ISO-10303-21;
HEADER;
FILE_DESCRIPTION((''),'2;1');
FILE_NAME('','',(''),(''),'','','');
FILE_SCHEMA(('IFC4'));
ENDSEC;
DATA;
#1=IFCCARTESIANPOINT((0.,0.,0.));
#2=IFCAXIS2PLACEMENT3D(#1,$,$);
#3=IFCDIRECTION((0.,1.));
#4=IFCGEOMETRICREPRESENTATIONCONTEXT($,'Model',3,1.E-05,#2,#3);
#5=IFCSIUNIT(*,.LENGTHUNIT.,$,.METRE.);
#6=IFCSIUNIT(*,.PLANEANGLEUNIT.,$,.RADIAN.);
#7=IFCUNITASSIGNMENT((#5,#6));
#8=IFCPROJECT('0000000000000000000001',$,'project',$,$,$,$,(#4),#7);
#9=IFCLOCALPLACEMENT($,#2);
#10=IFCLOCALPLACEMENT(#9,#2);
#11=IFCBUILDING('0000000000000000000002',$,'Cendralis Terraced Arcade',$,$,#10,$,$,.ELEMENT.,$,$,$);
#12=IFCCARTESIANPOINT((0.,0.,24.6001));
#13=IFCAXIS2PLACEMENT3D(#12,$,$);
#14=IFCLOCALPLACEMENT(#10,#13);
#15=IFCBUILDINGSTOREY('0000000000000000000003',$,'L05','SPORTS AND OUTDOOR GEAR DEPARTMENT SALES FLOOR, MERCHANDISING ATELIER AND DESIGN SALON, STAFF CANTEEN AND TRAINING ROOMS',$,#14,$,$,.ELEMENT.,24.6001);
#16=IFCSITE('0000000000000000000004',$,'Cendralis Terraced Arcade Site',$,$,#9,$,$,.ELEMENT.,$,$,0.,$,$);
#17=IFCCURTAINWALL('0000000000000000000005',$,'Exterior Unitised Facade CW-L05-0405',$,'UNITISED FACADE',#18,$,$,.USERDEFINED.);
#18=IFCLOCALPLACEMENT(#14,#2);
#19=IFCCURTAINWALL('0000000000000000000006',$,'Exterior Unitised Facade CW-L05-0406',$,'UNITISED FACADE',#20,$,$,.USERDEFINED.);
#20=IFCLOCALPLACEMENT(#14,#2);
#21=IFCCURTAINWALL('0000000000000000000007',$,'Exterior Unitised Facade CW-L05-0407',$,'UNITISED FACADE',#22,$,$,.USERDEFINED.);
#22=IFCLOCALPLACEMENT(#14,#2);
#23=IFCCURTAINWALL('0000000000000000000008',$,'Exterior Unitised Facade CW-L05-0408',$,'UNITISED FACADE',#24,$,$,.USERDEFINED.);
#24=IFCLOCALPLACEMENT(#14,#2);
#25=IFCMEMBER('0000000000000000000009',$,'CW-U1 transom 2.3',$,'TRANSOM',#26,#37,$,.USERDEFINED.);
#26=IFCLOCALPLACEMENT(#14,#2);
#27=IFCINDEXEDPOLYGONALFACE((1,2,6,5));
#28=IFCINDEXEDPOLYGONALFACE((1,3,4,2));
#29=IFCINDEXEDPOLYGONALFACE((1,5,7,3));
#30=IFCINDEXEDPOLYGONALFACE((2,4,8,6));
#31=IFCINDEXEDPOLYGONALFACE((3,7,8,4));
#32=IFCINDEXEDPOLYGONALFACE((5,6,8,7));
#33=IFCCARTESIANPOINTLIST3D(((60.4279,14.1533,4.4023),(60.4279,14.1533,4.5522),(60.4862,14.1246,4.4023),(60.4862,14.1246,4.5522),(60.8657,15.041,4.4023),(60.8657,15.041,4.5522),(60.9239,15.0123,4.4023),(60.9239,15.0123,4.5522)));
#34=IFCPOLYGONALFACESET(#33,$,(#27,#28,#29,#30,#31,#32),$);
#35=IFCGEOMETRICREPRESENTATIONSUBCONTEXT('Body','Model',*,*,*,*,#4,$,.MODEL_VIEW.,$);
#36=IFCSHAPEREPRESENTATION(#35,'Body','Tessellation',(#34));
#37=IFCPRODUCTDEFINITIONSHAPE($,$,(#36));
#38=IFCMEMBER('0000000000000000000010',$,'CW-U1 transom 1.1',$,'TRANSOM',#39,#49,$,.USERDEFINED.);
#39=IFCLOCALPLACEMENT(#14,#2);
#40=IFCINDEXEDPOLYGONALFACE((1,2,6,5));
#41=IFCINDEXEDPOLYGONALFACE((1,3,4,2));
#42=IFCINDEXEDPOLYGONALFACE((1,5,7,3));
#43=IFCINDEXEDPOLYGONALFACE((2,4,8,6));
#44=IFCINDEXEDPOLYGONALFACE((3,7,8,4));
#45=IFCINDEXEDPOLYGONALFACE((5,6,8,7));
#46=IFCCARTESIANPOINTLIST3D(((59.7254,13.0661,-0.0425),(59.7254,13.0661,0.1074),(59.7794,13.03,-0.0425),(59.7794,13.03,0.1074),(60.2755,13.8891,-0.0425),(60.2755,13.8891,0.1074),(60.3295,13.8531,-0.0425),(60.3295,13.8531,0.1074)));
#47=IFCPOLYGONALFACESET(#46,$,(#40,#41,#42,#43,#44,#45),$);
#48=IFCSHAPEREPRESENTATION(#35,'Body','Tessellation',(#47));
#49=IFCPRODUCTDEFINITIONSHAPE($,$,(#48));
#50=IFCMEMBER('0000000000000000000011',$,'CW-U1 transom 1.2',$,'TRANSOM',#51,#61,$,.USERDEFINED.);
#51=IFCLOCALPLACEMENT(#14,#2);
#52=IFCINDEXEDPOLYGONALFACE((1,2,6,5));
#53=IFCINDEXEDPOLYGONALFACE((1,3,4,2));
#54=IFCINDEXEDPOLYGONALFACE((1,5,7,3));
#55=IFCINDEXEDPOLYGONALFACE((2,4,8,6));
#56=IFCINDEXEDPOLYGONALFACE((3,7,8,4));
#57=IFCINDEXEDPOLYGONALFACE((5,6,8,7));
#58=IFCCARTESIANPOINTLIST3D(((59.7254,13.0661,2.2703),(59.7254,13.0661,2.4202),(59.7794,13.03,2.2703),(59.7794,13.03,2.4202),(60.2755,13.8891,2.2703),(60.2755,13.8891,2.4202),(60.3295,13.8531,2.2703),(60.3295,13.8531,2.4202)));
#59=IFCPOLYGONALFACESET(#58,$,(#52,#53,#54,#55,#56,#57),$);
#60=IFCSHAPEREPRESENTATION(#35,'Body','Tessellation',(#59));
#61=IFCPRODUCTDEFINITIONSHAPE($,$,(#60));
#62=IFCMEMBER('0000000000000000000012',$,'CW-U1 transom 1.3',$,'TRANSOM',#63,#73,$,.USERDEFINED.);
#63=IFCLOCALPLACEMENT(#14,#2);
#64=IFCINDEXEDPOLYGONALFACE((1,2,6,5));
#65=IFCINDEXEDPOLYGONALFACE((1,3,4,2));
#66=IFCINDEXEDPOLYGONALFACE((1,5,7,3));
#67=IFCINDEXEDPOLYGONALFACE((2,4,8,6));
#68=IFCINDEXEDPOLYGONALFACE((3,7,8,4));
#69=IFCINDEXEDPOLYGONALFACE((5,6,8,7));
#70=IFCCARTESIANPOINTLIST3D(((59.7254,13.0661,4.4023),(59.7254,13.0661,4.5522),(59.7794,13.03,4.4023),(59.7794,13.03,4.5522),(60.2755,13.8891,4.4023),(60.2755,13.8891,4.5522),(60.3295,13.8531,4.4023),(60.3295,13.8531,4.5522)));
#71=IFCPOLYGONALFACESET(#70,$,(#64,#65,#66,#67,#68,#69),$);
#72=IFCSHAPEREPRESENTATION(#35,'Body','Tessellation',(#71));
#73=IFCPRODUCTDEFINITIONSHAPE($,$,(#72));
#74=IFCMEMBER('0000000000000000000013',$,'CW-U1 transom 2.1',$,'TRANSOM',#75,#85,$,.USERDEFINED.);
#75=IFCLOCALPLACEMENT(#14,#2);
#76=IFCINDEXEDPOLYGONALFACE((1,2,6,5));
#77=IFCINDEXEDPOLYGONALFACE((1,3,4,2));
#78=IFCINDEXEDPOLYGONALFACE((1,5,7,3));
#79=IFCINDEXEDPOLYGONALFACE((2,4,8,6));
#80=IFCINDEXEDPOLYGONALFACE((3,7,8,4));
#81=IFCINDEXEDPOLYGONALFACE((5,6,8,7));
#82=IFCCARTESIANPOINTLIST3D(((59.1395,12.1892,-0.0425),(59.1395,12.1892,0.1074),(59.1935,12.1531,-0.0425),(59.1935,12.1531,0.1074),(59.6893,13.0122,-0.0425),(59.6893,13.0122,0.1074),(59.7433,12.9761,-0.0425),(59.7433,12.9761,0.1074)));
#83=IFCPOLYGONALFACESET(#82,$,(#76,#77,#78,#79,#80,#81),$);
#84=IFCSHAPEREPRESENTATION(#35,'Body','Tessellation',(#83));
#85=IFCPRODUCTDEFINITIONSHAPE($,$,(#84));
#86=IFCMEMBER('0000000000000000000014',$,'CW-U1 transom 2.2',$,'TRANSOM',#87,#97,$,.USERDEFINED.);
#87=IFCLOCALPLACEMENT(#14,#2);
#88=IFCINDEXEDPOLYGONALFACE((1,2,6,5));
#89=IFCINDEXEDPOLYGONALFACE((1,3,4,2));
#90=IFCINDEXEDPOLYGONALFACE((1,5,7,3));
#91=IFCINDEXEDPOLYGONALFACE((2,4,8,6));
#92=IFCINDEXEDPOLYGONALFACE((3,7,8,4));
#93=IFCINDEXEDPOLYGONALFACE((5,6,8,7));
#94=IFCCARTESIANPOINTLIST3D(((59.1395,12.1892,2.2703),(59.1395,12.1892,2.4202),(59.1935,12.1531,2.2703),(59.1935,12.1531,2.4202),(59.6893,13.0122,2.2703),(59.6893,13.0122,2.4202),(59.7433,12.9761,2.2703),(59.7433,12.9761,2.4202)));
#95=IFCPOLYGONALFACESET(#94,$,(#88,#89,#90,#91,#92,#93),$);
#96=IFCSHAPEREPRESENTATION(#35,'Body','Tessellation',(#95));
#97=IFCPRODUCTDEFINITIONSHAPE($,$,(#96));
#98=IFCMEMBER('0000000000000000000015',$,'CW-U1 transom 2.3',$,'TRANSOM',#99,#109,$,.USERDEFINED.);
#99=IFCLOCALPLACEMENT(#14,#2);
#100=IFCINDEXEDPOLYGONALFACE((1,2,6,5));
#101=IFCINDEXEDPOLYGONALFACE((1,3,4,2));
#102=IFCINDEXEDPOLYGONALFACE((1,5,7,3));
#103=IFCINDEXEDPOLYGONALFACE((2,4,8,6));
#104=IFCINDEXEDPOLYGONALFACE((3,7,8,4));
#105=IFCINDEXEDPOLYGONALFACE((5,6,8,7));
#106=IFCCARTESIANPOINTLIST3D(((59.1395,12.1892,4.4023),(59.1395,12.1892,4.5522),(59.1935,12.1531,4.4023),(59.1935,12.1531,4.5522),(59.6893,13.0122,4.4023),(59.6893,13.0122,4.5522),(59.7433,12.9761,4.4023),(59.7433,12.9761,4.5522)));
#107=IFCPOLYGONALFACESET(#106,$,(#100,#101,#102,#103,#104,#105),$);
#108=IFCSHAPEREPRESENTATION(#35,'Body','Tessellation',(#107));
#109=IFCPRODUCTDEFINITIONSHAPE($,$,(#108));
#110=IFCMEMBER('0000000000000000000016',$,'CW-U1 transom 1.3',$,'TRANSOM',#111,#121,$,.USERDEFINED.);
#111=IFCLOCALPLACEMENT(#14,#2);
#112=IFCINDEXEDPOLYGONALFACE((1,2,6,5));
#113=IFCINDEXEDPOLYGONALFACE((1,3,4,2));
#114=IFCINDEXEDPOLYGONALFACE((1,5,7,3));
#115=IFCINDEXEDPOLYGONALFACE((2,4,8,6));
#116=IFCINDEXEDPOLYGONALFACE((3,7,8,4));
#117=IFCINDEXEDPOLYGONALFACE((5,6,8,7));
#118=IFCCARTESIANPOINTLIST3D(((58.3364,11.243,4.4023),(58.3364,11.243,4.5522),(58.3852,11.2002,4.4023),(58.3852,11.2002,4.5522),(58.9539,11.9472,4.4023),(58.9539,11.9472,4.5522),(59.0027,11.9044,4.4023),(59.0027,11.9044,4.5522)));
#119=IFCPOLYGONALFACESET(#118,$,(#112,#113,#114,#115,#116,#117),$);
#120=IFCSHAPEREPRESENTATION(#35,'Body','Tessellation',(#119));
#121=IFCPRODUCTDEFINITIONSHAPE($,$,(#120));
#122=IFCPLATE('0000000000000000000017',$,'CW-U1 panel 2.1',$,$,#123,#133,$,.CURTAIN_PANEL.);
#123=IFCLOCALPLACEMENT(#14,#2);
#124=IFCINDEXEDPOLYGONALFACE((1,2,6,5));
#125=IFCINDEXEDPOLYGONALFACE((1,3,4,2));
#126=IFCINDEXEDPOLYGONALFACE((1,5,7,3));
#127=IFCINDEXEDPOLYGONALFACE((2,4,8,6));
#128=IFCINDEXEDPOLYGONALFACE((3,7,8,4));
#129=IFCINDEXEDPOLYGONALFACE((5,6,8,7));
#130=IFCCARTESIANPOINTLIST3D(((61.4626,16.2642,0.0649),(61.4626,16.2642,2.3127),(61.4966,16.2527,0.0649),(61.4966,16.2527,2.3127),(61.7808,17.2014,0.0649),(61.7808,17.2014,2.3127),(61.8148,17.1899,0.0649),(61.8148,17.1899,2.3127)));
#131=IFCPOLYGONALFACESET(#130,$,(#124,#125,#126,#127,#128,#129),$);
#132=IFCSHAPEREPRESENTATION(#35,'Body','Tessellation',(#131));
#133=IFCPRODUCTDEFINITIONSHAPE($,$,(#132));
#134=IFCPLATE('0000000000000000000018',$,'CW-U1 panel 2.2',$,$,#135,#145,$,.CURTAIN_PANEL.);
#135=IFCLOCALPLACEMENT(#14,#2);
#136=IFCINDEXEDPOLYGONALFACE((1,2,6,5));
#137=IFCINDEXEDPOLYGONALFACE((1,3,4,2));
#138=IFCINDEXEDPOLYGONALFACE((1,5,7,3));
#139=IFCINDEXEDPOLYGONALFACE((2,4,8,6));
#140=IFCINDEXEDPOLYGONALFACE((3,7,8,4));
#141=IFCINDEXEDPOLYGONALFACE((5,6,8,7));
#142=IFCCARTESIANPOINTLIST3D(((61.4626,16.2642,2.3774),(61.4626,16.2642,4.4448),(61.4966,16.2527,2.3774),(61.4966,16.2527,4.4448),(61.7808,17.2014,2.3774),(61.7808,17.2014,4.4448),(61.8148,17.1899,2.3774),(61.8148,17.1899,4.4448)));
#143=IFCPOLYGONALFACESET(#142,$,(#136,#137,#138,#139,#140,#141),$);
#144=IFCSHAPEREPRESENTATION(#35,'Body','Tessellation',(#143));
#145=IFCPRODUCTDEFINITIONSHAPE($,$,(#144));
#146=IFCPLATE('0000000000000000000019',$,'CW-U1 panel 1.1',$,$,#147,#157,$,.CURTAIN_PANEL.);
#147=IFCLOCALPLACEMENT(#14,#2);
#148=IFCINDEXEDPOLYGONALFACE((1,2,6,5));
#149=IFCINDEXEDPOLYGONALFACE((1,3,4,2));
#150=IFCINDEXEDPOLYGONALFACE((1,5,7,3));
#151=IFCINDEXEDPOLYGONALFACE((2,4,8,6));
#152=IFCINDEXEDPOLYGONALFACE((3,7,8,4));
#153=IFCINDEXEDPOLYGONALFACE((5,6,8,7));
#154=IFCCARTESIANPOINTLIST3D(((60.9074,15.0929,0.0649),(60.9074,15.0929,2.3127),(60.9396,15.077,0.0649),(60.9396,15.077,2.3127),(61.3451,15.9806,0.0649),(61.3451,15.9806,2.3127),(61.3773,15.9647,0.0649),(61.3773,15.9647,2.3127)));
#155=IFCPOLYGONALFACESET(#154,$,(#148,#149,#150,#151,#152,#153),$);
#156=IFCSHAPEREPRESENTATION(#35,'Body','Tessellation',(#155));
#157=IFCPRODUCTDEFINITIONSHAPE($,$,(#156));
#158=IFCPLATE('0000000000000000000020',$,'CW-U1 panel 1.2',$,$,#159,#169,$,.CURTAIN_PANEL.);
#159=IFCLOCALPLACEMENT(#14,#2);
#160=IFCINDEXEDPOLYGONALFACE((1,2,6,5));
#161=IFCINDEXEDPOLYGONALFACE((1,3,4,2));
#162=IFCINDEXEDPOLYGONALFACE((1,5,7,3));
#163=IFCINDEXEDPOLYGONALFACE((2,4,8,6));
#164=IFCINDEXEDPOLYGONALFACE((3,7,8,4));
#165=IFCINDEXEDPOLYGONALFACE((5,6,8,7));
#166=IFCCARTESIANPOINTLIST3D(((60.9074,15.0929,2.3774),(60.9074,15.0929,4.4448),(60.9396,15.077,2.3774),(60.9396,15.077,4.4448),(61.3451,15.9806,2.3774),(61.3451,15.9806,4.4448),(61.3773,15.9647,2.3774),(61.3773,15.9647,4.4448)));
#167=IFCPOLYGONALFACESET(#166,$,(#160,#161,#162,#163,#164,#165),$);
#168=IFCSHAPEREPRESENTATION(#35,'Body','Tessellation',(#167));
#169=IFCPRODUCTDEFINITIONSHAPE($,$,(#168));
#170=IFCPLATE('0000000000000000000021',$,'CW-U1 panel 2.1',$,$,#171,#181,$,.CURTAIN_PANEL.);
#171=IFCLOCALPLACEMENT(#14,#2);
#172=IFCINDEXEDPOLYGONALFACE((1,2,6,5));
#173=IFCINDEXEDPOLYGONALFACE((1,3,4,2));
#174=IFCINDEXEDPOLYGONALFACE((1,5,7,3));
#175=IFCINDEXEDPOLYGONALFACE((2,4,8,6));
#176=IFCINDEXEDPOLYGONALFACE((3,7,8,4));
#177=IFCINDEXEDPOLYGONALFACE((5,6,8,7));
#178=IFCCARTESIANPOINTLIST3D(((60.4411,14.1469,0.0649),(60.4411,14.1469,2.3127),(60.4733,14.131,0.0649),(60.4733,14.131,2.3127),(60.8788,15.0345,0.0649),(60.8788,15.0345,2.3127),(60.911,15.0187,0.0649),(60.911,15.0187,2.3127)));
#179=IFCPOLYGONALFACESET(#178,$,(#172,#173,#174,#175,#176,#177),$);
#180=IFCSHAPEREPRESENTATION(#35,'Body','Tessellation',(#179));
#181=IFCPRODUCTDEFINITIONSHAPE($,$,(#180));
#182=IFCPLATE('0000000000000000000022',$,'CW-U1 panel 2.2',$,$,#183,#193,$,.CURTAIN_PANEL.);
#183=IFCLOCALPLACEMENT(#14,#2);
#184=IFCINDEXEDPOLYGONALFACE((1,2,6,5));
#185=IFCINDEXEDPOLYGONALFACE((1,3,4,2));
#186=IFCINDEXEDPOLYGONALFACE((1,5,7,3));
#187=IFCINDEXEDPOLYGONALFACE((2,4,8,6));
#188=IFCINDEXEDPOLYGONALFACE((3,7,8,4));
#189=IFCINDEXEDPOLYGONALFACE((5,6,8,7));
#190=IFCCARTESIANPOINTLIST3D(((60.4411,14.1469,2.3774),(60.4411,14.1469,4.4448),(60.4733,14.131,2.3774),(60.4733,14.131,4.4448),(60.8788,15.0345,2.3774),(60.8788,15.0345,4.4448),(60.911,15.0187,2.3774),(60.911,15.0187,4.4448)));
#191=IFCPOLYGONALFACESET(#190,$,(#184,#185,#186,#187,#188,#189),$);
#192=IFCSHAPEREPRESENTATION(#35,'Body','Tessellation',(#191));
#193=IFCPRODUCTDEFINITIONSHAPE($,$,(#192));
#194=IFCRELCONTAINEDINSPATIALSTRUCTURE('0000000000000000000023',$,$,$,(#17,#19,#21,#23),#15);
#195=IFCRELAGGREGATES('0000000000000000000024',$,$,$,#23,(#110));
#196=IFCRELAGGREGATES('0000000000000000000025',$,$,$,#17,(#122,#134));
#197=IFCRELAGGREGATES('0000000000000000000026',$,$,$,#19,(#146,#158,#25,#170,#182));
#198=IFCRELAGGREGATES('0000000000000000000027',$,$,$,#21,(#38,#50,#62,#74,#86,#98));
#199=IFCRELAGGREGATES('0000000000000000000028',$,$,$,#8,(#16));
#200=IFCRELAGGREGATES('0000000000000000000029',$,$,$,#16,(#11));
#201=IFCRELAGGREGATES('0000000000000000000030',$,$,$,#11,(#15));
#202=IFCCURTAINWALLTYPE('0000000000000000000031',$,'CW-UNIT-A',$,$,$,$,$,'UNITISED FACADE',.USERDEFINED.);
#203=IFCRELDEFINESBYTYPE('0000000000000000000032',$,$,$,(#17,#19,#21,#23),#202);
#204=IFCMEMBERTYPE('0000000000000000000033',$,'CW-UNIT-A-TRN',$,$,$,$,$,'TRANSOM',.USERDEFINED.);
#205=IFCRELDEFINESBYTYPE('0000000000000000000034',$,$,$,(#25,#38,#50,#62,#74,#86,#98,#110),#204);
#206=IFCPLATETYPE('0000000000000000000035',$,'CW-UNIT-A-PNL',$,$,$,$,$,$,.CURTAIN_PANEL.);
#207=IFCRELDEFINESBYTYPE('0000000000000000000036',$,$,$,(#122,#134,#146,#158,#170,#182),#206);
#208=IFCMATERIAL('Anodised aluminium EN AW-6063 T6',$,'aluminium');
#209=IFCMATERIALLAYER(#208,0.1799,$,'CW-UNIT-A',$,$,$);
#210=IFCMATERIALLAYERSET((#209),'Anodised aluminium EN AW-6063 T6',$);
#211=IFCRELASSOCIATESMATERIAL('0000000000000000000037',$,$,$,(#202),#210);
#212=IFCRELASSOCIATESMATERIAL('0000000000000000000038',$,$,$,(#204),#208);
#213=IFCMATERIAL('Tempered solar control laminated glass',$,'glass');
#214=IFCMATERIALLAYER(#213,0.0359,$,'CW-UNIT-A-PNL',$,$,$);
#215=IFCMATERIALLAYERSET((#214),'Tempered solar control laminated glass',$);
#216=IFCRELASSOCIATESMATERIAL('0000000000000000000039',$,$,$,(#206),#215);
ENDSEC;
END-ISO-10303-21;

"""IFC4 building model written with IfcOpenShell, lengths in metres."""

from ifc_helpers import new_model, si_unit, direction, frame, origin, origin_2d, place, context, subcontext, project, spatial, rectangle, extrude, material, layer, layer_set, material_profile, profile_set, type_object, element, aggregate, save


model = new_model("IFC4")

# Units and contexts
model_context = context("Model", 3, precision=1e-05, world=origin(), true_north=direction((0.0, 1.0)))
body_context = subcontext(model_context, "Body", "Model", "MODEL_VIEW")
ifc_project = project(units=[si_unit("LENGTHUNIT", "METRE"), si_unit("PLANEANGLEUNIT", "RADIAN")], contexts=[model_context])

# Site, building, storey
site_placement = place(None, origin())
site = spatial("IfcSite", under=ifc_project, at=site_placement, Name="Cendralis Terraced Arcade Site", CompositionType="ELEMENT", RefElevation=0.0)
building_placement = place(site_placement, origin())
building = spatial("IfcBuilding", under=site, at=building_placement, Name="Cendralis Terraced Arcade", CompositionType="ELEMENT")
storey_placement = place(building_placement, frame((0.0, 0.0, 24.6001)))
storey = spatial("IfcBuildingStorey", under=building, at=storey_placement, Name="L05", Description="SPORTS AND OUTDOOR GEAR DEPARTMENT SALES FLOOR, MERCHANDISING ATELIER AND DESIGN SALON, STAFF CANTEEN AND TRAINING ROOMS", CompositionType="ELEMENT", Elevation=24.6001)

# Curtain wall
ifc_material_1 = material(Name="Anodised aluminium EN AW-6063 T6", Category="aluminium")
ifc_layer_1 = layer(ifc_material_1, 0.1799, Name="CW-UNIT-A")
ifc_layer_set_1 = layer_set([ifc_layer_1], Name="Anodised aluminium EN AW-6063 T6")
curtain_wall_type = type_object("IfcCurtainWallType", Name="CW-UNIT-A", ElementType="UNITISED FACADE", PredefinedType="USERDEFINED", material=ifc_layer_set_1)
curtain_wall_1_placement = place(storey_placement, origin())
curtain_wall_1 = element("IfcCurtainWall", 1, at=curtain_wall_1_placement, inside=storey, type_object=curtain_wall_type, Name="Exterior Unitised Facade CW-L05-0405", ObjectType="UNITISED FACADE", PredefinedType="USERDEFINED")

# Curtain walls
curtain_wall_2_placement = place(storey_placement, origin())
curtain_wall_2 = element("IfcCurtainWall", 2, at=curtain_wall_2_placement, inside=storey, type_object=curtain_wall_type, Name="Exterior Unitised Facade CW-L05-0406", ObjectType="UNITISED FACADE", PredefinedType="USERDEFINED")
curtain_wall_3_placement = place(storey_placement, origin())
curtain_wall_3 = element("IfcCurtainWall", 3, at=curtain_wall_3_placement, inside=storey, type_object=curtain_wall_type, Name="Exterior Unitised Facade CW-L05-0407", ObjectType="UNITISED FACADE", PredefinedType="USERDEFINED")

# Curtain wall
curtain_wall_4_placement = place(storey_placement, origin())
curtain_wall_4 = element("IfcCurtainWall", 4, at=curtain_wall_4_placement, inside=storey, type_object=curtain_wall_type, Name="Exterior Unitised Facade CW-L05-0408", ObjectType="UNITISED FACADE", PredefinedType="USERDEFINED")

# Members
ifc_material_profile_1 = material_profile(ifc_material_1, rectangle(XDim=0.0649, YDim=0.1499, at=origin_2d()), Name="ALU-TRN-65x150")
ifc_profile_set_1 = profile_set([ifc_material_profile_1], Name="Anodised aluminium EN AW-6063 T6")
member_type_1 = type_object("IfcMemberType", Name="CW-UNIT-A-TRN", ElementType="TRANSOM", PredefinedType="USERDEFINED", material=ifc_profile_set_1)
member_1_placement = place(storey_placement, frame((60.8948, 15.0266, 4.4773), z_axis=(-0.442273, -0.89688, 0.0), x_axis=(0.89688, -0.442273, 0.0)))
member_1 = element("IfcMember", 5, at=member_1_placement, type_object=member_type_1, Name="CW-U1 transom 2.3", ObjectType="TRANSOM", PredefinedType="USERDEFINED", context=body_context, shape_type="SweptSolid", body=[
    extrude(rectangle(XDim=0.0649, YDim=0.1499, at=origin_2d()), origin(), (0.0, 0.0, 1.0), 0.9897),
])
member_2_placement = place(storey_placement, frame((60.3025, 13.8711, 0.0325), z_axis=(-0.555667, -0.831405, 0.0), x_axis=(0.831405, -0.555667, 0.0)))
member_2 = element("IfcMember", 6, at=member_2_placement, type_object=member_type_1, Name="CW-U1 transom 1.1", ObjectType="TRANSOM", PredefinedType="USERDEFINED", context=body_context, shape_type="SweptSolid", body=[
    extrude(rectangle(XDim=0.0649, YDim=0.1499, at=origin_2d()), origin(), (0.0, 0.0, 1.0), 0.99),
])
member_3_placement = place(storey_placement, frame((60.3025, 13.8711, 2.3452), z_axis=(-0.555667, -0.831405, 0.0), x_axis=(0.831405, -0.555667, 0.0)))
member_3 = element("IfcMember", 7, at=member_3_placement, type_object=member_type_1, Name="CW-U1 transom 1.2", ObjectType="TRANSOM", PredefinedType="USERDEFINED", context=body_context, shape_type="SweptSolid", body=[
    extrude(rectangle(XDim=0.0649, YDim=0.1499, at=origin_2d()), origin(), (0.0, 0.0, 1.0), 0.99),
])
member_4_placement = place(storey_placement, frame((60.3025, 13.8711, 4.4773), z_axis=(-0.555667, -0.831405, 0.0), x_axis=(0.831405, -0.555667, 0.0)))
member_4 = element("IfcMember", 8, at=member_4_placement, type_object=member_type_1, Name="CW-U1 transom 1.3", ObjectType="TRANSOM", PredefinedType="USERDEFINED", context=body_context, shape_type="SweptSolid", body=[
    extrude(rectangle(XDim=0.0649, YDim=0.1499, at=origin_2d()), origin(), (0.0, 0.0, 1.0), 0.99),
])
member_5_placement = place(storey_placement, frame((59.7163, 12.9941, 0.0325), z_axis=(-0.555497, -0.831519, 0.0), x_axis=(0.831519, -0.555497, 0.0)))
member_5 = element("IfcMember", 9, at=member_5_placement, type_object=member_type_1, Name="CW-U1 transom 2.1", ObjectType="TRANSOM", PredefinedType="USERDEFINED", context=body_context, shape_type="SweptSolid", body=[
    extrude(rectangle(XDim=0.0649, YDim=0.1499, at=origin_2d()), origin(), (0.0, 0.0, 1.0), 0.9897),
])
member_6_placement = place(storey_placement, frame((59.7163, 12.9941, 2.3452), z_axis=(-0.555497, -0.831519, 0.0), x_axis=(0.831519, -0.555497, 0.0)))
member_6 = element("IfcMember", 10, at=member_6_placement, type_object=member_type_1, Name="CW-U1 transom 2.2", ObjectType="TRANSOM", PredefinedType="USERDEFINED", context=body_context, shape_type="SweptSolid", body=[
    extrude(rectangle(XDim=0.0649, YDim=0.1499, at=origin_2d()), origin(), (0.0, 0.0, 1.0), 0.9897),
])
member_7_placement = place(storey_placement, frame((59.7163, 12.9941, 4.4773), z_axis=(-0.555497, -0.831519, 0.0), x_axis=(0.831519, -0.555497, 0.0)))
member_7 = element("IfcMember", 11, at=member_7_placement, type_object=member_type_1, Name="CW-U1 transom 2.3", ObjectType="TRANSOM", PredefinedType="USERDEFINED", context=body_context, shape_type="SweptSolid", body=[
    extrude(rectangle(XDim=0.0649, YDim=0.1499, at=origin_2d()), origin(), (0.0, 0.0, 1.0), 0.9897),
])
member_8_placement = place(storey_placement, frame((58.9783, 11.9258, 4.4773), z_axis=(-0.659316, -0.751866, 0.0), x_axis=(0.751866, -0.659316, 0.0)))
member_8 = element("IfcMember", 12, at=member_8_placement, type_object=member_type_1, Name="CW-U1 transom 1.3", ObjectType="TRANSOM", PredefinedType="USERDEFINED", context=body_context, shape_type="SweptSolid", body=[
    extrude(rectangle(XDim=0.0649, YDim=0.1499, at=origin_2d()), origin(), (0.0, 0.0, 1.0), 0.9365),
])
aggregate(curtain_wall_4, [member_8])

# Plates
ifc_material_2 = material(Name="Tempered solar control laminated glass", Category="glass")
ifc_layer_2 = layer(ifc_material_2, 0.0359, Name="CW-UNIT-A-PNL")
ifc_layer_set_2 = layer_set([ifc_layer_2], Name="Tempered solar control laminated glass")
plate_type = type_object("IfcPlateType", Name="CW-UNIT-A-PNL", PredefinedType="CURTAIN_PANEL", material=ifc_layer_set_2)
plate_1_placement = place(storey_placement, frame((61.6387, 16.7271, 0.0649), z_axis=(0.0, 0.0, 1.0), x_axis=(-0.321479, -0.946917, 0.0)))
plate_1 = element("IfcPlate", 13, at=plate_1_placement, type_object=plate_type, Name="CW-U1 panel 2.1", PredefinedType="CURTAIN_PANEL", context=body_context, shape_type="SweptSolid", body=[
    extrude(rectangle(XDim=0.9897, YDim=0.0359, at=origin_2d()), origin(), (0.0, 0.0, 1.0), 2.2478),
])
plate_2_placement = place(storey_placement, frame((61.6387, 16.7271, 2.3774), z_axis=(0.0, 0.0, 1.0), x_axis=(-0.321479, -0.946917, 0.0)))
plate_2 = element("IfcPlate", 14, at=plate_2_placement, type_object=plate_type, Name="CW-U1 panel 2.2", PredefinedType="CURTAIN_PANEL", context=body_context, shape_type="SweptSolid", body=[
    extrude(rectangle(XDim=0.9897, YDim=0.0359, at=origin_2d()), origin(), (0.0, 0.0, 1.0), 2.0674),
])
aggregate(curtain_wall_1, [plate_1, plate_2])
plate_3_placement = place(storey_placement, frame((61.1423, 15.5288, 0.0649), z_axis=(0.0, 0.0, 1.0), x_axis=(-0.442259, -0.896888, 0.0)))
plate_3 = element("IfcPlate", 15, at=plate_3_placement, type_object=plate_type, Name="CW-U1 panel 1.1", PredefinedType="CURTAIN_PANEL", context=body_context, shape_type="SweptSolid", body=[
    extrude(rectangle(XDim=0.9897, YDim=0.0359, at=origin_2d()), origin(), (0.0, 0.0, 1.0), 2.2478),
])
plate_4_placement = place(storey_placement, frame((61.1423, 15.5288, 2.3774), z_axis=(0.0, 0.0, 1.0), x_axis=(-0.442259, -0.896888, 0.0)))
plate_4 = element("IfcPlate", 16, at=plate_4_placement, type_object=plate_type, Name="CW-U1 panel 1.2", PredefinedType="CURTAIN_PANEL", context=body_context, shape_type="SweptSolid", body=[
    extrude(rectangle(XDim=0.9897, YDim=0.0359, at=origin_2d()), origin(), (0.0, 0.0, 1.0), 2.0674),
])
plate_5_placement = place(storey_placement, frame((60.676, 14.5828, 0.0649), z_axis=(0.0, 0.0, 1.0), x_axis=(-0.442259, -0.896888, 0.0)))
plate_5 = element("IfcPlate", 17, at=plate_5_placement, type_object=plate_type, Name="CW-U1 panel 2.1", PredefinedType="CURTAIN_PANEL", context=body_context, shape_type="SweptSolid", body=[
    extrude(rectangle(XDim=0.9897, YDim=0.0359, at=origin_2d()), origin(), (0.0, 0.0, 1.0), 2.2478),
])
plate_6_placement = place(storey_placement, frame((60.676, 14.5828, 2.3774), z_axis=(0.0, 0.0, 1.0), x_axis=(-0.442259, -0.896888, 0.0)))
plate_6 = element("IfcPlate", 18, at=plate_6_placement, type_object=plate_type, Name="CW-U1 panel 2.2", PredefinedType="CURTAIN_PANEL", context=body_context, shape_type="SweptSolid", body=[
    extrude(rectangle(XDim=0.9897, YDim=0.0359, at=origin_2d()), origin(), (0.0, 0.0, 1.0), 2.0674),
])
aggregate(curtain_wall_2, [plate_3, plate_4, member_1, plate_5, plate_6])
aggregate(curtain_wall_3, [member_2, member_3, member_4, member_5, member_6, member_7])

save(model, "model.ifc")
